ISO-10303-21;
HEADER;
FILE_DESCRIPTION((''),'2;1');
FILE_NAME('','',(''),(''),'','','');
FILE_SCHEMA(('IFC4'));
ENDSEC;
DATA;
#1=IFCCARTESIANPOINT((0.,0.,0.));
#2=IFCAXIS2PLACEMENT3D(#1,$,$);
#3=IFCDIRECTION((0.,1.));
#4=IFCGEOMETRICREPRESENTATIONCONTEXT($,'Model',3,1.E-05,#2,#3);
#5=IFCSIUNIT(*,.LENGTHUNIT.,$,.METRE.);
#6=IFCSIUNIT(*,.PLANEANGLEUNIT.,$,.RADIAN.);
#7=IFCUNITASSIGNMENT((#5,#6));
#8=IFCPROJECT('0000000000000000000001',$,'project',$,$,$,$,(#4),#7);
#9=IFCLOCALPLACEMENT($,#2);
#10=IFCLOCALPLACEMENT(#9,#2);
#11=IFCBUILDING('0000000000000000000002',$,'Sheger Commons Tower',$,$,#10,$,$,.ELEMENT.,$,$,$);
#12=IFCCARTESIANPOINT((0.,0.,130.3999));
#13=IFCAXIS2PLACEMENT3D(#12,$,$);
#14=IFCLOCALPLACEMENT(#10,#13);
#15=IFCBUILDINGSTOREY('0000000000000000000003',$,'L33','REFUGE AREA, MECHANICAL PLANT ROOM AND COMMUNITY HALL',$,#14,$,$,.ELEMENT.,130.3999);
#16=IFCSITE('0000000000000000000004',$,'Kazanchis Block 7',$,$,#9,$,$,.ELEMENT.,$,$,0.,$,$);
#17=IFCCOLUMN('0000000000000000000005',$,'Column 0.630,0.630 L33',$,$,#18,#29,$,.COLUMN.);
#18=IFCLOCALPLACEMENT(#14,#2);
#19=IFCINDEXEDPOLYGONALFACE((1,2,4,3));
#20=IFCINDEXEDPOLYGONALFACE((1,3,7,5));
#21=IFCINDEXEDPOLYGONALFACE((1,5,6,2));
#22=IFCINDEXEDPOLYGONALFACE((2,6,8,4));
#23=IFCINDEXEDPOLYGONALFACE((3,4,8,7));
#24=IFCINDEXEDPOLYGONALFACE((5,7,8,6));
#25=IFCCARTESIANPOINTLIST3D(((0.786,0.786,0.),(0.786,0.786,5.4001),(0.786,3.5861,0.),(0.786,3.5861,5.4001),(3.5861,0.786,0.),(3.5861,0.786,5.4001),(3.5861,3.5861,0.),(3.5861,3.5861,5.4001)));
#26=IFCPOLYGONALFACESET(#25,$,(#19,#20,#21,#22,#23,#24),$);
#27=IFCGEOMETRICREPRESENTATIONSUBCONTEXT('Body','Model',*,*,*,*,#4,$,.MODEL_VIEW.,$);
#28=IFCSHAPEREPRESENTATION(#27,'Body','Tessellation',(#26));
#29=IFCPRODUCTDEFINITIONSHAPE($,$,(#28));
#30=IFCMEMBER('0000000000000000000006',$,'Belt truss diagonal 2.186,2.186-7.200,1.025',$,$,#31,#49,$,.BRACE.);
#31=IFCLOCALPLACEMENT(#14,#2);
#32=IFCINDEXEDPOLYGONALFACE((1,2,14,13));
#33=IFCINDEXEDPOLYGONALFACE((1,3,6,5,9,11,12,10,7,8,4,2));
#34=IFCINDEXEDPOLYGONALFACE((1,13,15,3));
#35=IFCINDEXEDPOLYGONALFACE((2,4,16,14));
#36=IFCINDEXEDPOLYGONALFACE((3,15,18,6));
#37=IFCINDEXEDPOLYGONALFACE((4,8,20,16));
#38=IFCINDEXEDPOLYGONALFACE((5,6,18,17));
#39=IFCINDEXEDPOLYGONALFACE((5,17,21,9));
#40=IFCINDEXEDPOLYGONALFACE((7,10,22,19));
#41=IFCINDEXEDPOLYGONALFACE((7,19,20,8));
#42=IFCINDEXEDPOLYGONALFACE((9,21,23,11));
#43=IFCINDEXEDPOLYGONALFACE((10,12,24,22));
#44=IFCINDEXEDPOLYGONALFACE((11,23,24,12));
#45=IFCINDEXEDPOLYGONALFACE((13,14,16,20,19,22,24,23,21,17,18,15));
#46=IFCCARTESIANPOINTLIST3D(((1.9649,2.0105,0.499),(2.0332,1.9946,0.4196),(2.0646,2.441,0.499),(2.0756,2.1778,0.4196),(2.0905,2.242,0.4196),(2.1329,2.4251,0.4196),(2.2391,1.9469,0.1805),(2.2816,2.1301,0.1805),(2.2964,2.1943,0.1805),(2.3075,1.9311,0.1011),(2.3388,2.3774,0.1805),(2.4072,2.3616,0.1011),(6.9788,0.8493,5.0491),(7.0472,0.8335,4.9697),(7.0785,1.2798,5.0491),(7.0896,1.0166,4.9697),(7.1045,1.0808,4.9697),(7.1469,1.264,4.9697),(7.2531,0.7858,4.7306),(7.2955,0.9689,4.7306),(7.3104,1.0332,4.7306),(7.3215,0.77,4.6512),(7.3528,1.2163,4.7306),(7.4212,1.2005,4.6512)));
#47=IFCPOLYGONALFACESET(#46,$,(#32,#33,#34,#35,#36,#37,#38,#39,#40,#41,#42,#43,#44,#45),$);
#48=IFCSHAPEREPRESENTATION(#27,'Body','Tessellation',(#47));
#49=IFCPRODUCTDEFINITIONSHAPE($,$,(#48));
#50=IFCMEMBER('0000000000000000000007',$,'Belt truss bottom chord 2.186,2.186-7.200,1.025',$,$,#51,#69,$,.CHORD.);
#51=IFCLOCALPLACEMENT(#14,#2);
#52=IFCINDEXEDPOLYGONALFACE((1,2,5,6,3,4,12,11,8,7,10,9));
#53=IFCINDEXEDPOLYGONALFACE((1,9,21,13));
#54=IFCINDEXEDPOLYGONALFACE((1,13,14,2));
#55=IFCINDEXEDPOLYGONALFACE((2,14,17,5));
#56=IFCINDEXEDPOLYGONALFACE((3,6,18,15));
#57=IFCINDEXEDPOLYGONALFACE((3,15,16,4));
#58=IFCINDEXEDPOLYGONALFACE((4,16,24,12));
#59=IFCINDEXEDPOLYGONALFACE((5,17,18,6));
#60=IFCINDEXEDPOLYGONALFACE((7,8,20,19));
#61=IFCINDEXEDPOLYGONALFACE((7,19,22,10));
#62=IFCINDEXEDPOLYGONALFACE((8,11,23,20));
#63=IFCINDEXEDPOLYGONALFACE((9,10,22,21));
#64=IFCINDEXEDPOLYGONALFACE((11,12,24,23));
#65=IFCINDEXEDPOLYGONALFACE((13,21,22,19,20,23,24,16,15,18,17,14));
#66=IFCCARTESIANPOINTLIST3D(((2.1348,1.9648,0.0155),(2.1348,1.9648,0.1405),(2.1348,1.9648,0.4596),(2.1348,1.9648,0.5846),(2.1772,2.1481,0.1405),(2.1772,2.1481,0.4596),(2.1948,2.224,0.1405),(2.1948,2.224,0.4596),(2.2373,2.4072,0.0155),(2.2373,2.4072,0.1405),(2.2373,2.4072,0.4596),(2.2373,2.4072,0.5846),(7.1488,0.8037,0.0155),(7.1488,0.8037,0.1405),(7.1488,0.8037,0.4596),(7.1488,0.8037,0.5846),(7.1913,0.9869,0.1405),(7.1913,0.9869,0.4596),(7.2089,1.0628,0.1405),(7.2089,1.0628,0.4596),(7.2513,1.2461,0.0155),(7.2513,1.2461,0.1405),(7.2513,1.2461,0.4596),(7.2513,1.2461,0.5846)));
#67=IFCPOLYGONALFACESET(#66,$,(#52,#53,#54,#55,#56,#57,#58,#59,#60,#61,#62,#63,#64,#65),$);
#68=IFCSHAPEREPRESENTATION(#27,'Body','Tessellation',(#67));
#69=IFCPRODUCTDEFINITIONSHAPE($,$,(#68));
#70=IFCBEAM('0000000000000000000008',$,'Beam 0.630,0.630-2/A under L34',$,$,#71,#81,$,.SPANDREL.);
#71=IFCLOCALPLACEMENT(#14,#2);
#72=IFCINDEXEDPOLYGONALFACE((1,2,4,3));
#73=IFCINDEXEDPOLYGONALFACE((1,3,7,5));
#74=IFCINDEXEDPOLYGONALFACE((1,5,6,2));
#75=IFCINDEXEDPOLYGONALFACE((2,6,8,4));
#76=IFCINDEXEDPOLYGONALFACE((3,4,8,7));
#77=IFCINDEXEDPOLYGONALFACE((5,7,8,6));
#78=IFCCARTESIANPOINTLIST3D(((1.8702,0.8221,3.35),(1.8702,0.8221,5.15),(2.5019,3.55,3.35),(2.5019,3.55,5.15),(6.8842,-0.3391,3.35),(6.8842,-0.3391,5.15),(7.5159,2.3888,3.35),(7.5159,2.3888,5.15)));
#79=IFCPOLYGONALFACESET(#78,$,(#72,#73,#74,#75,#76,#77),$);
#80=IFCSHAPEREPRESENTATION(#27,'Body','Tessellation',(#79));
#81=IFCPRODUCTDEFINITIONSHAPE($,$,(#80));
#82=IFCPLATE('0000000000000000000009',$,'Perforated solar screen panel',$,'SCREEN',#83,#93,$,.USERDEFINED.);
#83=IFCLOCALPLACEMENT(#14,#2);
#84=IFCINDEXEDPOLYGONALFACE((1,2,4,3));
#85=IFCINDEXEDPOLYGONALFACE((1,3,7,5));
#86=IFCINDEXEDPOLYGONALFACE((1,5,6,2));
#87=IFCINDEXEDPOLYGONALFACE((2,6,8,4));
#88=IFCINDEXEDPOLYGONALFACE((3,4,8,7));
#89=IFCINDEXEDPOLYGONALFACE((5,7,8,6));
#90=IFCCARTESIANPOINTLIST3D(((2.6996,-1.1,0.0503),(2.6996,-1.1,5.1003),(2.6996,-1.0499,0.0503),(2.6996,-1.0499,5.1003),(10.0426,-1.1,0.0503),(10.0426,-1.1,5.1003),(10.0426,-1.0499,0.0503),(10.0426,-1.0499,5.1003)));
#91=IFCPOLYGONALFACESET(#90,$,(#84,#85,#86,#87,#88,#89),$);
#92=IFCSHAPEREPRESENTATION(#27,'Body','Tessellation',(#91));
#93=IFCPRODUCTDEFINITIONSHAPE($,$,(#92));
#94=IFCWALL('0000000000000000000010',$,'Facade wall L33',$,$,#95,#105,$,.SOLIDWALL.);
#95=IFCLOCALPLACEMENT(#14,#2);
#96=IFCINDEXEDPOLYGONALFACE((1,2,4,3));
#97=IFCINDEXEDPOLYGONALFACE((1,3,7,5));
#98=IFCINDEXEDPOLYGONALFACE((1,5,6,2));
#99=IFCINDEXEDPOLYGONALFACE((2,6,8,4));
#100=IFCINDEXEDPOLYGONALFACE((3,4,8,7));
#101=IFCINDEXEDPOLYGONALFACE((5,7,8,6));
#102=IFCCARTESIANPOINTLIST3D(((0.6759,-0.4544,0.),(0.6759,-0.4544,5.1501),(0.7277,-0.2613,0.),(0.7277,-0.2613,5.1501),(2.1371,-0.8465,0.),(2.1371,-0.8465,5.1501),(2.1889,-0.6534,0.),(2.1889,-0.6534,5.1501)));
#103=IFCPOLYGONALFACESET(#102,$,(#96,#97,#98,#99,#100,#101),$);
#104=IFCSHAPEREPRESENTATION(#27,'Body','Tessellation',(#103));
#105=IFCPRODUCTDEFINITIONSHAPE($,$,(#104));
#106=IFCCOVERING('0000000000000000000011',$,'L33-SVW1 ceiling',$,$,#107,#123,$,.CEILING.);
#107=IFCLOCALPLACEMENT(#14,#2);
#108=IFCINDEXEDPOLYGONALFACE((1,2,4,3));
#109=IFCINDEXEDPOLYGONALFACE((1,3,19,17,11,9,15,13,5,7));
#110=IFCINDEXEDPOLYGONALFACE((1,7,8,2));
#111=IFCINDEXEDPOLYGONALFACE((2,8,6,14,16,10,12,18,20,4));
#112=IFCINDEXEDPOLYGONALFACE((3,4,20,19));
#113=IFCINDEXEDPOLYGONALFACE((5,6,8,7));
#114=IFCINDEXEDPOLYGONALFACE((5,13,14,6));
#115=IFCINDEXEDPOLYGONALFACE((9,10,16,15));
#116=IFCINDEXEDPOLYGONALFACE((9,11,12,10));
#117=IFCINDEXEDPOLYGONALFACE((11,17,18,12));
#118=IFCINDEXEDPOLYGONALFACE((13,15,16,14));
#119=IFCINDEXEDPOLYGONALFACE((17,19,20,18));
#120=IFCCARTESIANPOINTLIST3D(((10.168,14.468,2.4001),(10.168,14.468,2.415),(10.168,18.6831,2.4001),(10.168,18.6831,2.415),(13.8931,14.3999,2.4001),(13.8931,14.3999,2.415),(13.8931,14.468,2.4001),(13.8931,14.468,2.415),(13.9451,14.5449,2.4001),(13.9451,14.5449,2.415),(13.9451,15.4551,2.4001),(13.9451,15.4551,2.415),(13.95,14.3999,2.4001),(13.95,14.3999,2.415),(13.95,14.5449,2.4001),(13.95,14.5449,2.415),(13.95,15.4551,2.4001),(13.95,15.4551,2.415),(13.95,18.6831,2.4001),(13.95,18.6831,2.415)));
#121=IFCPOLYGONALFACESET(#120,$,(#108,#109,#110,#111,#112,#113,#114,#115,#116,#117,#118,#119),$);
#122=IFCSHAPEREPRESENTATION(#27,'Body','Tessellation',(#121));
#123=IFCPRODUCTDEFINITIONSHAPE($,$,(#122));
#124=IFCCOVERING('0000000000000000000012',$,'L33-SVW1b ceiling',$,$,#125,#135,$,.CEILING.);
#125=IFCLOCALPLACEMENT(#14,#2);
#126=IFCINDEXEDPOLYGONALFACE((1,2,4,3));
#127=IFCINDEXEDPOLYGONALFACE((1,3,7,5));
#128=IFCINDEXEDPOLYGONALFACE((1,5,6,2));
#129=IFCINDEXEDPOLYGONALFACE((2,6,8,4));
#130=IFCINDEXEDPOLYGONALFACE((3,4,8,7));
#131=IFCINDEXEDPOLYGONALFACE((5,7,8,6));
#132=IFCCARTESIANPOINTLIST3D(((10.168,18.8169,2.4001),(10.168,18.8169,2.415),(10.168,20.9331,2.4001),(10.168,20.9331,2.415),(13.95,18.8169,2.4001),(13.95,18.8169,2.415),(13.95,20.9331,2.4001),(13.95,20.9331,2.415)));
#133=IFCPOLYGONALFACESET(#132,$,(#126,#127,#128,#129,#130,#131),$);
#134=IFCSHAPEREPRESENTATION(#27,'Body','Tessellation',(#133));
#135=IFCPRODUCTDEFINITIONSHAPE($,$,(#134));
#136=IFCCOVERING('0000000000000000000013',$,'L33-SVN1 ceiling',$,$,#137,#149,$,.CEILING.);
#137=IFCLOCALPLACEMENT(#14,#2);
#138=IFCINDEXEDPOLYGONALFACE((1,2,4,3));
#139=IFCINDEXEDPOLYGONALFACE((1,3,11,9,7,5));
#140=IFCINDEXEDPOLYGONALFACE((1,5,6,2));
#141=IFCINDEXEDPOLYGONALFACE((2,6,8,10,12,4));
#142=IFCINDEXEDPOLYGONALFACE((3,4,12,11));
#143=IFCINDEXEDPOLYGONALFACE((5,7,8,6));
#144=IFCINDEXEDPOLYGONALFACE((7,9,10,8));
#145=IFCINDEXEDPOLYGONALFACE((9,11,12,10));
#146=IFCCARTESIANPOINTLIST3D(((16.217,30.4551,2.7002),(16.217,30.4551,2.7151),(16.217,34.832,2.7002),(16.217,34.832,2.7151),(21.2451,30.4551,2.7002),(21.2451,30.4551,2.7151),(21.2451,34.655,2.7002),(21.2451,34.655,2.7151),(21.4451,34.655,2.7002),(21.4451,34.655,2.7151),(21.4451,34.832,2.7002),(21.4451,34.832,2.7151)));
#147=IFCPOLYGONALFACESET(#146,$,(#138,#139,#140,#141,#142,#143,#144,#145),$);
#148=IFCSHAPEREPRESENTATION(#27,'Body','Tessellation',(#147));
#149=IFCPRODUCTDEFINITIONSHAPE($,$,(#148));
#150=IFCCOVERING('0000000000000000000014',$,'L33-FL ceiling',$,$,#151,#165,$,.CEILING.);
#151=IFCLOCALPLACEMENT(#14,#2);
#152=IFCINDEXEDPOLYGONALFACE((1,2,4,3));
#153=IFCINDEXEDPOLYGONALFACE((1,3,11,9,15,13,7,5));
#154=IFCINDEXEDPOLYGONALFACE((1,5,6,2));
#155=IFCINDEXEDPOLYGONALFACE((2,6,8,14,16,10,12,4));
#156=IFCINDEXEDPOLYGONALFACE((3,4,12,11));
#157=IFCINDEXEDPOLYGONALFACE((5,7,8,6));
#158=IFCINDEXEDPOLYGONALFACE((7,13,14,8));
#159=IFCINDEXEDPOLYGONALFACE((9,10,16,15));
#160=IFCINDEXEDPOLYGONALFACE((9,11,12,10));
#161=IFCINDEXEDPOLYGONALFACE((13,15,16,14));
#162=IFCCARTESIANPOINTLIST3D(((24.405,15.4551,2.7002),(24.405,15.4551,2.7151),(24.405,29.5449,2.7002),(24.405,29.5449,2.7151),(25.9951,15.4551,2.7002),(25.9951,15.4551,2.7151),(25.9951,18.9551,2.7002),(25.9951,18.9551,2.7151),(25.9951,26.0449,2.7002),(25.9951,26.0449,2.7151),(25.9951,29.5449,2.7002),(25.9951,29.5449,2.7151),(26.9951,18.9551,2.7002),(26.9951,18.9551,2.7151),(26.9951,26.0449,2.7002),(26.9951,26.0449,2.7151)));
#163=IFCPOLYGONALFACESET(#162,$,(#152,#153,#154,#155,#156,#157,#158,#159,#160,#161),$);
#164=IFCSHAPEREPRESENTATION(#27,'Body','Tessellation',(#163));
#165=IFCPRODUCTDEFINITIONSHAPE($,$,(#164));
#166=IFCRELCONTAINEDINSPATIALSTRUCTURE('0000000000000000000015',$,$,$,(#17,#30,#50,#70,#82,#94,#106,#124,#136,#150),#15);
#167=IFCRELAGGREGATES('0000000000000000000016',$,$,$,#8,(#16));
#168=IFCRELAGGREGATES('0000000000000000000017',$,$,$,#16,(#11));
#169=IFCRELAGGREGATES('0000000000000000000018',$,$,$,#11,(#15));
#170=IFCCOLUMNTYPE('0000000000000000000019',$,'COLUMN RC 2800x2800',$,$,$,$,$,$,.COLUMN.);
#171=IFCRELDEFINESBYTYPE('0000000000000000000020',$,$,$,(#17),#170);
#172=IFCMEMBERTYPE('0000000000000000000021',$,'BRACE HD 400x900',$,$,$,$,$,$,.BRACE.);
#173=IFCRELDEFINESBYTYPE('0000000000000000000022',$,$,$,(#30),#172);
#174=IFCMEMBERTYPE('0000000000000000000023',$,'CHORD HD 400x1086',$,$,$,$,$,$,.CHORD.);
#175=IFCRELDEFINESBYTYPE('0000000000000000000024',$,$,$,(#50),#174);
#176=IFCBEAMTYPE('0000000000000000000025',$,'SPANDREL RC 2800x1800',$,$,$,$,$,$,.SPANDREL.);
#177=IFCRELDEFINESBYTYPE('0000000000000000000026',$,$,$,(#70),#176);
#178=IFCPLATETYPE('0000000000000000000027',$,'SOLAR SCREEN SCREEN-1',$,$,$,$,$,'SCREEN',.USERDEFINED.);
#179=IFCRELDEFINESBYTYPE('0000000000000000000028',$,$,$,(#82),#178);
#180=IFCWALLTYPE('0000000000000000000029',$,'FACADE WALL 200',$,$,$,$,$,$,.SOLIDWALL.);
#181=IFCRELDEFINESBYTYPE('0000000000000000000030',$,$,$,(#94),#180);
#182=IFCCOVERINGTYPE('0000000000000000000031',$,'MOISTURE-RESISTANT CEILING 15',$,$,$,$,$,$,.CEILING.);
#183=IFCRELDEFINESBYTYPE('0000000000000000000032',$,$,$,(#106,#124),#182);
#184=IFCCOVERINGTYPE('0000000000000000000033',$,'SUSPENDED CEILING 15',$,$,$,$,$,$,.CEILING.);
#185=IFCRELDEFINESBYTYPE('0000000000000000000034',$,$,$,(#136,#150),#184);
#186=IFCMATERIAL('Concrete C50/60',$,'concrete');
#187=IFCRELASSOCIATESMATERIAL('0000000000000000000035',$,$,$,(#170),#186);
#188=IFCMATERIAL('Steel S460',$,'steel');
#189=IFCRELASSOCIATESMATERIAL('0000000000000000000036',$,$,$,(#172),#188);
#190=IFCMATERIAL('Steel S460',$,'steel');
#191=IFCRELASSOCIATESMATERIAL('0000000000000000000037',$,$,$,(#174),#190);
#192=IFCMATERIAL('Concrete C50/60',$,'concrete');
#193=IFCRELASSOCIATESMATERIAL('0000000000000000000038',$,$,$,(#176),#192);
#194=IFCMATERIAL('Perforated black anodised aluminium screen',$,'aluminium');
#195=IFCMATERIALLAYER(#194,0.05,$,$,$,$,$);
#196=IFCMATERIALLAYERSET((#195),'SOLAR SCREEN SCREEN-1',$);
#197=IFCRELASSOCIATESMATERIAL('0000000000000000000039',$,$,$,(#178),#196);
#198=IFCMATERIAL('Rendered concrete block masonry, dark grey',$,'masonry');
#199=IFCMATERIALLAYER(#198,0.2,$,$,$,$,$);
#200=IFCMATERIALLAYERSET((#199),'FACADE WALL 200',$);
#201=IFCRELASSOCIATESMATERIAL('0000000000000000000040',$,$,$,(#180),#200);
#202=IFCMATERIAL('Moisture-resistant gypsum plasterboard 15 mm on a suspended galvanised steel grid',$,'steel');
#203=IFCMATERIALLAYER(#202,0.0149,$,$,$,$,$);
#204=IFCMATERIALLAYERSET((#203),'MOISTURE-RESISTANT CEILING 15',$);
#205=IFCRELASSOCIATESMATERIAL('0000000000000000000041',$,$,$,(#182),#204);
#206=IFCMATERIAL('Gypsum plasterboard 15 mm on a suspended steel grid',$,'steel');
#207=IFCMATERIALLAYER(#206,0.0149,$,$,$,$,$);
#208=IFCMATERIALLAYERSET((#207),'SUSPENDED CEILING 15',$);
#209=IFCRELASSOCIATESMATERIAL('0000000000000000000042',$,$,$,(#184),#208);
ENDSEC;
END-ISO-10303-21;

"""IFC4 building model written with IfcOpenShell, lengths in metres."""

from ifc_helpers import new_model, si_unit, direction, frame, frame_2d, origin, origin_2d, place, context, subcontext, project, spatial, polyline, rectangle, i_section, outline, extrude, material, layer, layer_set, material_profile, profile_set, type_object, element, save


model = new_model("IFC4")

# Units and contexts
model_context = context("Model", 3, precision=1e-05, world=origin(), true_north=direction((0.0, 1.0)))
body_context = subcontext(model_context, "Body", "Model", "MODEL_VIEW")
ifc_project = project(units=[si_unit("LENGTHUNIT", "METRE"), si_unit("PLANEANGLEUNIT", "RADIAN")], contexts=[model_context])

# Site, building, storey
site_placement = place(None, origin())
site = spatial("IfcSite", under=ifc_project, at=site_placement, Name="Kazanchis Block 7", CompositionType="ELEMENT", RefElevation=0.0)
building_placement = place(site_placement, origin())
building = spatial("IfcBuilding", under=site, at=building_placement, Name="Sheger Commons Tower", CompositionType="ELEMENT")
storey_placement = place(building_placement, frame((0.0, 0.0, 130.3999)))
storey = spatial("IfcBuildingStorey", under=building, at=storey_placement, Name="L33", Description="REFUGE AREA, MECHANICAL PLANT ROOM AND COMMUNITY HALL", CompositionType="ELEMENT", Elevation=130.3999)

# Column
ifc_material_1 = material(Name="Concrete C50/60", Category="concrete")
ifc_material_profile_1 = material_profile(ifc_material_1, rectangle(XDim=2.8, YDim=2.8, at=origin_2d()), Name="RC 2800x2800")
ifc_profile_set_1 = profile_set([ifc_material_profile_1], Name="Concrete C50/60")
column_type = type_object("IfcColumnType", Name="COLUMN RC 2800x2800", PredefinedType="COLUMN", material=ifc_profile_set_1)
column_placement = place(storey_placement, frame((2.186, 2.186, 0.0), z_axis=(0.0, 0.0, 1.0), x_axis=(1.0, 0.0, 0.0)))
element("IfcColumn", 1, at=column_placement, inside=storey, type_object=column_type, Name="Column 0.630,0.630 L33", PredefinedType="COLUMN", context=body_context, shape_type="SweptSolid", body=[
    extrude(rectangle(XDim=2.8, YDim=2.8, at=origin_2d()), origin(), (0.0, 0.0, 1.0), 5.4001),
])

# Members
ifc_material_2 = material(Name="Steel S460", Category="steel")
ifc_material_profile_2 = material_profile(ifc_material_2, i_section(OverallWidth=0.4419, OverallDepth=0.531, WebThickness=0.0659, FlangeThickness=0.106, at=origin_2d()), Name="HD 400x900")
ifc_profile_set_2 = profile_set([ifc_material_profile_2], Name="Steel S460")
member_type_1 = type_object("IfcMemberType", Name="BRACE HD 400x900", PredefinedType="BRACE", material=ifc_profile_set_2)
member_1_placement = place(storey_placement, frame((2.186, 2.186, 0.3), z_axis=(0.729877, -0.169026, 0.662352), x_axis=(0.225611, 0.974217, 0.0)))
element("IfcMember", 2, at=member_1_placement, inside=storey, type_object=member_type_1, Name="Belt truss diagonal 2.186,2.186-7.200,1.025", PredefinedType="BRACE", context=body_context, shape_type="SweptSolid", body=[
    extrude(i_section(OverallWidth=0.4419, OverallDepth=0.531, WebThickness=0.0659, FlangeThickness=0.106, at=origin_2d()), origin(), (0.0, 0.0, 1.0), 6.8696),
])
ifc_material_3 = material(Name="Steel S460", Category="steel")
ifc_material_profile_3 = material_profile(ifc_material_3, i_section(OverallWidth=0.4541, OverallDepth=0.5691, WebThickness=0.0779, FlangeThickness=0.125, at=origin_2d()), Name="HD 400x1086")
ifc_profile_set_3 = profile_set([ifc_material_profile_3], Name="Steel S460")
member_type_2 = type_object("IfcMemberType", Name="CHORD HD 400x1086", PredefinedType="CHORD", material=ifc_profile_set_3)
member_2_placement = place(storey_placement, frame((2.186, 2.186, 0.3), z_axis=(0.974217, -0.225611, 0.0), x_axis=(0.225611, 0.974217, 0.0)))
element("IfcMember", 3, at=member_2_placement, inside=storey, type_object=member_type_2, Name="Belt truss bottom chord 2.186,2.186-7.200,1.025", PredefinedType="CHORD", context=body_context, shape_type="SweptSolid", body=[
    extrude(i_section(OverallWidth=0.4541, OverallDepth=0.5691, WebThickness=0.0779, FlangeThickness=0.125, at=origin_2d()), origin(), (0.0, 0.0, 1.0), 5.1467),
])

# Beam
ifc_material_4 = material(Name="Concrete C50/60", Category="concrete")
ifc_material_profile_4 = material_profile(ifc_material_4, rectangle(XDim=2.8, YDim=1.8, at=origin_2d()), Name="RC 2800x1800")
ifc_profile_set_4 = profile_set([ifc_material_profile_4], Name="Concrete C50/60")
beam_type = type_object("IfcBeamType", Name="SPANDREL RC 2800x1800", PredefinedType="SPANDREL", material=ifc_profile_set_4)
beam_placement = place(storey_placement, frame((2.186, 2.186, 4.25), z_axis=(0.974217, -0.225611, 0.0), x_axis=(0.225611, 0.974217, 0.0)))
element("IfcBeam", 4, at=beam_placement, inside=storey, type_object=beam_type, Name="Beam 0.630,0.630-2/A under L34", PredefinedType="SPANDREL", context=body_context, shape_type="SweptSolid", body=[
    extrude(rectangle(XDim=2.8, YDim=1.8, at=origin_2d()), origin(), (0.0, 0.0, 1.0), 5.1467),
])

# Plate
ifc_material_5 = material(Name="Perforated black anodised aluminium screen", Category="aluminium")
ifc_layer_1 = layer(ifc_material_5, 0.05)
ifc_layer_set_1 = layer_set([ifc_layer_1], Name="SOLAR SCREEN SCREEN-1")
plate_type = type_object("IfcPlateType", Name="SOLAR SCREEN SCREEN-1", ElementType="SCREEN", PredefinedType="USERDEFINED", material=ifc_layer_set_1)
plate_placement = place(storey_placement, frame((6.3711, -1.075, 0.0503), z_axis=(0.0, 0.0, 1.0), x_axis=(1.0, 0.0, 0.0)))
element("IfcPlate", 5, at=plate_placement, inside=storey, type_object=plate_type, Name="Perforated solar screen panel", ObjectType="SCREEN", PredefinedType="USERDEFINED", context=body_context, shape_type="SweptSolid", body=[
    extrude(rectangle(XDim=7.343, YDim=0.05, at=origin_2d()), origin(), (0.0, 0.0, 1.0), 5.05),
])

# Shared definitions
ifc_material_6 = material(Name="Rendered concrete block masonry, dark grey", Category="masonry")
ifc_layer_2 = layer(ifc_material_6, 0.2)
ifc_layer_set_2 = layer_set([ifc_layer_2], Name="FACADE WALL 200")
wall_type = type_object("IfcWallType", Name="FACADE WALL 200", PredefinedType="SOLIDWALL", material=ifc_layer_set_2)

# Wall
wall_1_placement = place(storey_placement, frame((0.7019, -0.3579, 0.0), z_axis=(0.0, 0.0, 1.0), x_axis=(0.965832, -0.259169, 0.0)))
element("IfcWall", 6, at=wall_1_placement, inside=storey, type_object=wall_type, Name="Facade wall L33", PredefinedType="SOLIDWALL", context=body_context, shape_type="SweptSolid", body=[
    extrude(rectangle(XDim=1.5129, YDim=0.2, at=frame_2d((0.7563, 0.0))), origin(), (0.0, 0.0, 1.0), 5.1501),
])

# Coverings
ifc_material_7 = material(Name="Moisture-resistant gypsum plasterboard 15 mm on a suspended galvanised steel grid", Category="steel")
ifc_layer_3 = layer(ifc_material_7, 0.0149)
ifc_layer_set_3 = layer_set([ifc_layer_3], Name="MOISTURE-RESISTANT CEILING 15")
covering_type_1 = type_object("IfcCoveringType", Name="MOISTURE-RESISTANT CEILING 15", PredefinedType="CEILING", material=ifc_layer_set_3)
covering_1_placement = place(storey_placement, frame((0.0, 0.0, 2.4001)))
element("IfcCovering", 7, at=covering_1_placement, inside=storey, type_object=covering_type_1, Name="L33-SVW1 ceiling", PredefinedType="CEILING", context=body_context, shape_type="SweptSolid", body=[
    extrude(outline(polyline([(13.8931, 14.3999), (13.95, 14.3999), (13.95, 14.5449), (13.9451, 14.5449), (13.9451, 15.4551), (13.95, 15.4551), (13.95, 18.6831), (10.168, 18.6831), (10.168, 14.468), (13.8931, 14.468), (13.8931, 14.3999)])), origin(), (0.0, 0.0, 1.0), 0.0149),
])
covering_2_placement = place(storey_placement, frame((0.0, 0.0, 2.4001)))
element("IfcCovering", 8, at=covering_2_placement, inside=storey, type_object=covering_type_1, Name="L33-SVW1b ceiling", PredefinedType="CEILING", context=body_context, shape_type="SweptSolid", body=[
    extrude(outline(polyline([(10.168, 18.8169), (13.95, 18.8169), (13.95, 20.9331), (10.168, 20.9331), (10.168, 18.8169)])), origin(), (0.0, 0.0, 1.0), 0.0149),
])
ifc_material_8 = material(Name="Gypsum plasterboard 15 mm on a suspended steel grid", Category="steel")
ifc_layer_4 = layer(ifc_material_8, 0.0149)
ifc_layer_set_4 = layer_set([ifc_layer_4], Name="SUSPENDED CEILING 15")
covering_type_2 = type_object("IfcCoveringType", Name="SUSPENDED CEILING 15", PredefinedType="CEILING", material=ifc_layer_set_4)
covering_3_placement = place(storey_placement, frame((0.0, 0.0, 2.7002)))
element("IfcCovering", 9, at=covering_3_placement, inside=storey, type_object=covering_type_2, Name="L33-SVN1 ceiling", PredefinedType="CEILING", context=body_context, shape_type="SweptSolid", body=[
    extrude(outline(polyline([(16.217, 30.4551), (21.2451, 30.4551), (21.2451, 34.655), (21.4451, 34.655), (21.4451, 34.832), (16.217, 34.832), (16.217, 30.4551)])), origin(), (0.0, 0.0, 1.0), 0.0149),
])
covering_4_placement = place(storey_placement, frame((0.0, 0.0, 2.7002)))
element("IfcCovering", 10, at=covering_4_placement, inside=storey, type_object=covering_type_2, Name="L33-FL ceiling", PredefinedType="CEILING", context=body_context, shape_type="SweptSolid", body=[
    extrude(outline(polyline([(24.405, 15.4551), (25.9951, 15.4551), (25.9951, 18.9551), (26.9951, 18.9551), (26.9951, 26.0449), (25.9951, 26.0449), (25.9951, 29.5449), (24.405, 29.5449), (24.405, 15.4551)])), origin(), (0.0, 0.0, 1.0), 0.0149),
])

save(model, "model.ifc")
